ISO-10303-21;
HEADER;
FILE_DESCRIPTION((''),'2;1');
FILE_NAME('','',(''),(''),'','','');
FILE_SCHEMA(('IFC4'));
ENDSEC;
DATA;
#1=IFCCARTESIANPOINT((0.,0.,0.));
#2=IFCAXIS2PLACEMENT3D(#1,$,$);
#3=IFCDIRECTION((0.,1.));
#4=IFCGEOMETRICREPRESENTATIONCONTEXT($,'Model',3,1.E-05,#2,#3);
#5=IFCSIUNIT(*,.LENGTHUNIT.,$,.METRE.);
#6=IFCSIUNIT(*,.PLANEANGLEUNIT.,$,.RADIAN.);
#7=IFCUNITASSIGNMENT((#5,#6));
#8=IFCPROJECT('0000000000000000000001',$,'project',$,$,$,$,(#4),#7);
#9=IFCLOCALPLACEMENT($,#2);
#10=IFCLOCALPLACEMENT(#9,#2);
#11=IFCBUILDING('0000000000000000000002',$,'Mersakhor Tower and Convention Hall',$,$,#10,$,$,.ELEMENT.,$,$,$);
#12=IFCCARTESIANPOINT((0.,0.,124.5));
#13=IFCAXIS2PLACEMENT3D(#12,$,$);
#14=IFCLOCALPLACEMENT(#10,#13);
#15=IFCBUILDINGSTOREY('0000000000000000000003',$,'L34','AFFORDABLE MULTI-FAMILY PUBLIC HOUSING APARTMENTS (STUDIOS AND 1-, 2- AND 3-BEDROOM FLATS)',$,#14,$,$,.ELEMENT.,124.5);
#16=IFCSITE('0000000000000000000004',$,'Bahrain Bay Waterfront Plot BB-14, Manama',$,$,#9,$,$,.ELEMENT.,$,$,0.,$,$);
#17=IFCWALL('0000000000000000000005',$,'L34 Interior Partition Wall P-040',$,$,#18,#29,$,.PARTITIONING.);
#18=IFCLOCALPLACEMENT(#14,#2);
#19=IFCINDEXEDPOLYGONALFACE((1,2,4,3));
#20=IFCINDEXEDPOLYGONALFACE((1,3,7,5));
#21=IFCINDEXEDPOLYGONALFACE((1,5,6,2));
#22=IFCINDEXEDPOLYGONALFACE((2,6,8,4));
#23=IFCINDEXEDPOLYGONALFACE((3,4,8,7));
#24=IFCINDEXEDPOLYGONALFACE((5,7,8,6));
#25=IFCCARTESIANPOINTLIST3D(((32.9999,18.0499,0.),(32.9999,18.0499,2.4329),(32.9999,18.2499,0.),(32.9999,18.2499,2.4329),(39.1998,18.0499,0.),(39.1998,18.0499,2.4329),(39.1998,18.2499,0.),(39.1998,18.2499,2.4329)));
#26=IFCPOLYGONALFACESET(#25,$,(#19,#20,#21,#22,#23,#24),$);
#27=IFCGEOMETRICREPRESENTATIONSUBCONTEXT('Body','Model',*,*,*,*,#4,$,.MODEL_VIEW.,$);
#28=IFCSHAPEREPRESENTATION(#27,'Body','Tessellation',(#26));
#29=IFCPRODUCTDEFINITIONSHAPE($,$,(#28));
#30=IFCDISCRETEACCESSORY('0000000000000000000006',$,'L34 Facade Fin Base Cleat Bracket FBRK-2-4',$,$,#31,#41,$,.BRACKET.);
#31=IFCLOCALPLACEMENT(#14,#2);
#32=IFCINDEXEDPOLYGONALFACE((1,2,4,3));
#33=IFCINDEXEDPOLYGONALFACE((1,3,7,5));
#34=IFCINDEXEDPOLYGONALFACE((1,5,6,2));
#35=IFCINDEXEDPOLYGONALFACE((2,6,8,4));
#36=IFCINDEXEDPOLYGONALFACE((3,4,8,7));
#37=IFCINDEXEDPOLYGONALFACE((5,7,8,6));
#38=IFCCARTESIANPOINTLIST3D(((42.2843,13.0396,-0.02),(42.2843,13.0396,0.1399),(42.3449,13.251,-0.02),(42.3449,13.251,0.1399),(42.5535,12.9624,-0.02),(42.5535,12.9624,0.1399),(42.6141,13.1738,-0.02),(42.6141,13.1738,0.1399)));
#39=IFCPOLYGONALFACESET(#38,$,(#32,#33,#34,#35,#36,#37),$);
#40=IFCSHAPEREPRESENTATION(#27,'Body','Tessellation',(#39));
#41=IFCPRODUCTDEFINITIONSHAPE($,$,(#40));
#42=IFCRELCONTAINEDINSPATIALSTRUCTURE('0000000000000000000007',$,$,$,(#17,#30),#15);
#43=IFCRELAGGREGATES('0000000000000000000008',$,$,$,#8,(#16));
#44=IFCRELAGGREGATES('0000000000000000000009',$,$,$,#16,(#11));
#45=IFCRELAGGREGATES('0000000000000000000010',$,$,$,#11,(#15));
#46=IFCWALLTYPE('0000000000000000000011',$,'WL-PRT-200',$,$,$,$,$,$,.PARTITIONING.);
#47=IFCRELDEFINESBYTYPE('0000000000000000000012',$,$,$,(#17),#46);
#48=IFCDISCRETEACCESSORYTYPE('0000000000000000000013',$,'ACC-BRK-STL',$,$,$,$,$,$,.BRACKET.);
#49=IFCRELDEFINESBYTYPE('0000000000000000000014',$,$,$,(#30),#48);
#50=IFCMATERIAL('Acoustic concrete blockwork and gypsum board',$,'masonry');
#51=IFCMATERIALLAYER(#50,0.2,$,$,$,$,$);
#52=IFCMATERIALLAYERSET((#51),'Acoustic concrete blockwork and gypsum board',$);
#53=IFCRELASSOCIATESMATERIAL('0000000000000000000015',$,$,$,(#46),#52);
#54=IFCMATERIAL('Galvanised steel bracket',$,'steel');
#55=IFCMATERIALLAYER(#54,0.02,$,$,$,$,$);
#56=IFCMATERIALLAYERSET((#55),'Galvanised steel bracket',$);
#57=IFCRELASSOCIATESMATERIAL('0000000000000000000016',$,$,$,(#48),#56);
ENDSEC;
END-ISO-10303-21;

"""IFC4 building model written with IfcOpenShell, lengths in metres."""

from ifc_helpers import new_model, si_unit, direction, frame, frame_2d, origin, origin_2d, place, context, subcontext, project, spatial, rectangle, extrude, material, layer, layer_set, type_object, element, save


model = new_model("IFC4")

# Units and contexts
model_context = context("Model", 3, precision=1e-05, world=origin(), true_north=direction((0.0, 1.0)))
body_context = subcontext(model_context, "Body", "Model", "MODEL_VIEW")
ifc_project = project(units=[si_unit("LENGTHUNIT", "METRE"), si_unit("PLANEANGLEUNIT", "RADIAN")], contexts=[model_context])

# Site, building, storey
site_placement = place(None, origin())
site = spatial("IfcSite", under=ifc_project, at=site_placement, Name="Bahrain Bay Waterfront Plot BB-14, Manama", CompositionType="ELEMENT", RefElevation=0.0)
building_placement = place(site_placement, origin())
building = spatial("IfcBuilding", under=site, at=building_placement, Name="Mersakhor Tower and Convention Hall", CompositionType="ELEMENT")
storey_placement = place(building_placement, frame((0.0, 0.0, 124.5)))
storey = spatial("IfcBuildingStorey", under=building, at=storey_placement, Name="L34", Description="AFFORDABLE MULTI-FAMILY PUBLIC HOUSING APARTMENTS (STUDIOS AND 1-, 2- AND 3-BEDROOM FLATS)", CompositionType="ELEMENT", Elevation=124.5)

# Wall
ifc_material_1 = material(Name="Acoustic concrete blockwork and gypsum board", Category="masonry")
ifc_layer_1 = layer(ifc_material_1, 0.2)
ifc_layer_set_1 = layer_set([ifc_layer_1], Name="Acoustic concrete blockwork and gypsum board")
wall_type_1 = type_object("IfcWallType", Name="WL-PRT-200", PredefinedType="PARTITIONING", material=ifc_layer_set_1)
wall_1_placement = place(storey_placement, frame((39.2, 18.1499, 0.0), z_axis=(0.0, 0.0, 1.0), x_axis=(-1.0, 0.0, 0.0)))
element("IfcWall", 1, at=wall_1_placement, inside=storey, type_object=wall_type_1, Name="L34 Interior Partition Wall P-040", PredefinedType="PARTITIONING", context=body_context, shape_type="SweptSolid", body=[
    extrude(rectangle(XDim=6.2, YDim=0.2, at=frame_2d((3.1001, 0.0))), origin(), (0.0, 0.0, 1.0), 2.4329),
])

# Discrete accessory
ifc_material_2 = material(Name="Galvanised steel bracket", Category="steel")
ifc_layer_2 = layer(ifc_material_2, 0.02)
ifc_layer_set_2 = layer_set([ifc_layer_2], Name="Galvanised steel bracket")
discrete_accessory_type = type_object("IfcDiscreteAccessoryType", Name="ACC-BRK-STL", PredefinedType="BRACKET", material=ifc_layer_set_2)
discrete_accessory_placement = place(storey_placement, frame((42.4492, 13.1067, -0.02), z_axis=(0.0, 0.0, 1.0), x_axis=(0.961262, -0.275637, 0.0)))
element("IfcDiscreteAccessory", 2, at=discrete_accessory_placement, inside=storey, type_object=discrete_accessory_type, Name="L34 Facade Fin Base Cleat Bracket FBRK-2-4", PredefinedType="BRACKET", context=body_context, shape_type="SweptSolid", body=[
    extrude(rectangle(XDim=0.28, YDim=0.22, at=origin_2d()), origin(), (0.0, 0.0, 1.0), 0.1599),
])

save(model, "model.ifc")
